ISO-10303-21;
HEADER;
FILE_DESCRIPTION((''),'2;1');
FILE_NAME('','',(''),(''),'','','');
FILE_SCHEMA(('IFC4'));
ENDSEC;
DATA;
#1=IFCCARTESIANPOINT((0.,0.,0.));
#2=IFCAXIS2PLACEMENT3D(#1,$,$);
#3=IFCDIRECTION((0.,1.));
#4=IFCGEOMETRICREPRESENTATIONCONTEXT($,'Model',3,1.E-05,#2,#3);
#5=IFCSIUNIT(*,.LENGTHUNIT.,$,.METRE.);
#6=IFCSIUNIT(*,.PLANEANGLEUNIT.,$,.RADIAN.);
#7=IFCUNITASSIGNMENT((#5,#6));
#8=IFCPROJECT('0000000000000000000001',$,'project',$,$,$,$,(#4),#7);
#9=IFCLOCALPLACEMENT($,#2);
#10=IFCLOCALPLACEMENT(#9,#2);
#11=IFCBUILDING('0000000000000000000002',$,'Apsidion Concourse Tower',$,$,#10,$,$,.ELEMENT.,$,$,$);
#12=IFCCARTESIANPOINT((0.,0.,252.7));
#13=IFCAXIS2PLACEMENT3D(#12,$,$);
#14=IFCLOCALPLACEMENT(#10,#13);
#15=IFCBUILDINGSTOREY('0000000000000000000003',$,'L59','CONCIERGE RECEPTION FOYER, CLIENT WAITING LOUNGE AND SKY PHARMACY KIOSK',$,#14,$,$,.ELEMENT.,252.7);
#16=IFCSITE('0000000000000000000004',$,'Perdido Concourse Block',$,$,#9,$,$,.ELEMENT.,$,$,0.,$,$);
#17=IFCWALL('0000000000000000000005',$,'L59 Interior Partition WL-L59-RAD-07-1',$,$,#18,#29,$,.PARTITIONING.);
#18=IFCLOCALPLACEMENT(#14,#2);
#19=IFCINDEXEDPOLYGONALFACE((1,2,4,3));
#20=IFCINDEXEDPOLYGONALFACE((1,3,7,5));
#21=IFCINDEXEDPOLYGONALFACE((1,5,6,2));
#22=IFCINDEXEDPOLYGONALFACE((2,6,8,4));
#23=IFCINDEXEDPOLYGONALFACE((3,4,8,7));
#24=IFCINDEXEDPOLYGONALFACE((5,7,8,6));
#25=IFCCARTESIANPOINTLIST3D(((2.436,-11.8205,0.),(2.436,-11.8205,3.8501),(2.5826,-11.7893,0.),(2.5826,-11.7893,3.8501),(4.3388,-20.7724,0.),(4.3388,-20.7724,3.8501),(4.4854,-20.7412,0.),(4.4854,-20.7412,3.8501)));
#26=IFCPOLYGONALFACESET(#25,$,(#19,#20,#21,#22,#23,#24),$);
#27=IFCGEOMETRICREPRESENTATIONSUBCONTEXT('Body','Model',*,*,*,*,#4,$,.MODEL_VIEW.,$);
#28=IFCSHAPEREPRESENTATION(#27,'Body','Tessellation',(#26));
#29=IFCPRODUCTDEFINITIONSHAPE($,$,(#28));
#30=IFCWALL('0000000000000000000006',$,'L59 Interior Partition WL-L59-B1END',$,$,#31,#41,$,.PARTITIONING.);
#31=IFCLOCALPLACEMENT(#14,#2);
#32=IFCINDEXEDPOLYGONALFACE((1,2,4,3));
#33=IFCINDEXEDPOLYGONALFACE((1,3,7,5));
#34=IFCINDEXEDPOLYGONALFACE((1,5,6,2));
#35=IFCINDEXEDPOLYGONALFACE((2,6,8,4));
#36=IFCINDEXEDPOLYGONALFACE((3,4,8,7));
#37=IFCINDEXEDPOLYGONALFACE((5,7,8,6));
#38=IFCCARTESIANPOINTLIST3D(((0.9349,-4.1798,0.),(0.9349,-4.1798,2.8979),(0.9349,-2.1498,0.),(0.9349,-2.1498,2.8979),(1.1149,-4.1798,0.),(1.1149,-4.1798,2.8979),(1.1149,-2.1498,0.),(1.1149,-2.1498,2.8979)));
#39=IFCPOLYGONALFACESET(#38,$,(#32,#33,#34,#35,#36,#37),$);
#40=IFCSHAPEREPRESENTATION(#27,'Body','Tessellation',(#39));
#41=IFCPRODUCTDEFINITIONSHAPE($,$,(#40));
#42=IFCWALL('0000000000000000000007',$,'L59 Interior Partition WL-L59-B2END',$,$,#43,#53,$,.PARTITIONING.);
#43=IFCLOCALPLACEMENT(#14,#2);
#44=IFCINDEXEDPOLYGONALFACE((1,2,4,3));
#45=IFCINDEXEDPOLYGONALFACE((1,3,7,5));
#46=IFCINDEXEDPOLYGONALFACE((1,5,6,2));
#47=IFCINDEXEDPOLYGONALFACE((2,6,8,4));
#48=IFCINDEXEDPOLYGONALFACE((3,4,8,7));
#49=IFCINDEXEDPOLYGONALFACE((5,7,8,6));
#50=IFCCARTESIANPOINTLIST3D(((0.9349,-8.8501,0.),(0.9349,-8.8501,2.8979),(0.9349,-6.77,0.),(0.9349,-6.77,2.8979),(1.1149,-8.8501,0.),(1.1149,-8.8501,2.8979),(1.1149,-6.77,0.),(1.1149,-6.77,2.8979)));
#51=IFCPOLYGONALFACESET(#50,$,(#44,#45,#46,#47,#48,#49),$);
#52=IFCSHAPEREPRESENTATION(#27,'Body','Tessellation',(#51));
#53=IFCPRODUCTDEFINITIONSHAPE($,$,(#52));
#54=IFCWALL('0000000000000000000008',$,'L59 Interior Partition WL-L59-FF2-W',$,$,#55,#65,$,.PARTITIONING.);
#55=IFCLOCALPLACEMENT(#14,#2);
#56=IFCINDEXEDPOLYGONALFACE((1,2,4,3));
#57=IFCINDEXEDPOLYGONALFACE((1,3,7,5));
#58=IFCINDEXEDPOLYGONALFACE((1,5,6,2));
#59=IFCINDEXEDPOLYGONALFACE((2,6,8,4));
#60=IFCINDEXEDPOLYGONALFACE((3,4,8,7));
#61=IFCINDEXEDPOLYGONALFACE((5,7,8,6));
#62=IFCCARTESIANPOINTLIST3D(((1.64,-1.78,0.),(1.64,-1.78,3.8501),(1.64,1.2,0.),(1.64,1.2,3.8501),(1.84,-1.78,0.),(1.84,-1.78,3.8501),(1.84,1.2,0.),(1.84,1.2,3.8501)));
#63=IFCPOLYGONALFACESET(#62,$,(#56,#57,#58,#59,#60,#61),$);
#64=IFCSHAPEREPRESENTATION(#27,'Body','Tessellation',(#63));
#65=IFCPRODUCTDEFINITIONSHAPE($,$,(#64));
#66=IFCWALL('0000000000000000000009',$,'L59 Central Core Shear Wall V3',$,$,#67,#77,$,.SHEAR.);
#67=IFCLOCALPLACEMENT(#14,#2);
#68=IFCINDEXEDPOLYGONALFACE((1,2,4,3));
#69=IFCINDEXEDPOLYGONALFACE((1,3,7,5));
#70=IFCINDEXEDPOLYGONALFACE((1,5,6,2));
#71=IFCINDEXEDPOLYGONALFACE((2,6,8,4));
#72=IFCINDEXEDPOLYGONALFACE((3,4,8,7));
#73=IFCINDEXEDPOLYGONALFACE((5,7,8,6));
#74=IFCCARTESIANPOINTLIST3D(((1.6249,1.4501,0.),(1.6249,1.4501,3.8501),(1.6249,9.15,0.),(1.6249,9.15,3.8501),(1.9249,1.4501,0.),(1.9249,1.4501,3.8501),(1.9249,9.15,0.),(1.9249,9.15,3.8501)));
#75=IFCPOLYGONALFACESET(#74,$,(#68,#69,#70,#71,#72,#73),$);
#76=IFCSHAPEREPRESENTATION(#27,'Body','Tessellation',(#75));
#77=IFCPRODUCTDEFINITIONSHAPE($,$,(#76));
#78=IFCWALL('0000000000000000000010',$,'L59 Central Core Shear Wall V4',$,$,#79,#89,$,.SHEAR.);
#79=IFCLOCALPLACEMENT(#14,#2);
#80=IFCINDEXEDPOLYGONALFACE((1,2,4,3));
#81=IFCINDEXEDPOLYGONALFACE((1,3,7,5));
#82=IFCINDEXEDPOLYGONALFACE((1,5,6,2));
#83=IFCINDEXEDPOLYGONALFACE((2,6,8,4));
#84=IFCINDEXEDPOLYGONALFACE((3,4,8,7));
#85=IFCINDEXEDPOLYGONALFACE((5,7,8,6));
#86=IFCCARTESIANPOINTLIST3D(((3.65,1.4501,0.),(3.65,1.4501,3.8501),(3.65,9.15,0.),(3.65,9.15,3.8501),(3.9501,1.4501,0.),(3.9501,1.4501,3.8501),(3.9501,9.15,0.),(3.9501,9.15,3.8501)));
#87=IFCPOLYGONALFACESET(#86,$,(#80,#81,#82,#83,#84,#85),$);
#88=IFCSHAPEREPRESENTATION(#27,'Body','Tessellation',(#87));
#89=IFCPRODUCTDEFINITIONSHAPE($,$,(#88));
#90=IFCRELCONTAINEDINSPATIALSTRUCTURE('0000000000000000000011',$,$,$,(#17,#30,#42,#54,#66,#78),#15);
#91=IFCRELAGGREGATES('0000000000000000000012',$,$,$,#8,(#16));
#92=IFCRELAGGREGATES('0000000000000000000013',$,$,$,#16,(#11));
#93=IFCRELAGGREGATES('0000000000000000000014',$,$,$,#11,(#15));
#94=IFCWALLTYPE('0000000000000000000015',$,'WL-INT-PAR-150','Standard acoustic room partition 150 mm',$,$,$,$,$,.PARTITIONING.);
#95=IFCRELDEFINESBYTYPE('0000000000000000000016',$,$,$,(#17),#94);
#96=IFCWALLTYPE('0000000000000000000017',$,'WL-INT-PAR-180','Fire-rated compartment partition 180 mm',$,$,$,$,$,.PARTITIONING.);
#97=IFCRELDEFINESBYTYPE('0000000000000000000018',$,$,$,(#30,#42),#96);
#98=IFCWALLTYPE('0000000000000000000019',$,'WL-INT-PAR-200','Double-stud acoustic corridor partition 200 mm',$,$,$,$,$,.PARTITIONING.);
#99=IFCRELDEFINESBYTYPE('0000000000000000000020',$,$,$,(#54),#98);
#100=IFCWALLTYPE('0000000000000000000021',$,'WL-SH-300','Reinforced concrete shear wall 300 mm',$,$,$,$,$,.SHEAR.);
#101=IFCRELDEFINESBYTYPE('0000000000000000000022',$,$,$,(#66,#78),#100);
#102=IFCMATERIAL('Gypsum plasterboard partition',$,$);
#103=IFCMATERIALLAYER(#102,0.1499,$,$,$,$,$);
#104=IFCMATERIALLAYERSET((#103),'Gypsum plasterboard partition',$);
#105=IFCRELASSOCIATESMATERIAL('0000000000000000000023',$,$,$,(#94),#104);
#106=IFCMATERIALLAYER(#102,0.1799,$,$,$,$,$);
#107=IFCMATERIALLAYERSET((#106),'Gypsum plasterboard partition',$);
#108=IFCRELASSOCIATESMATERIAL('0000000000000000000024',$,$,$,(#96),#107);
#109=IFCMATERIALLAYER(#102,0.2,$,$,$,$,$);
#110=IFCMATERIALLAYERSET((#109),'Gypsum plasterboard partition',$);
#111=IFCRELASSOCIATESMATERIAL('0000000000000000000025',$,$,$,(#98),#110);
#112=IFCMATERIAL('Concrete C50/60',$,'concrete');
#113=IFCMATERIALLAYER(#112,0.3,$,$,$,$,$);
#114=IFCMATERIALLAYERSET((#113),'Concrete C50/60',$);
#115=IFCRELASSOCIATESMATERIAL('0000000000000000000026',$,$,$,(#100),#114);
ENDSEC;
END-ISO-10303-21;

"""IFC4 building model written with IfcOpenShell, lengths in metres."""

from ifc_helpers import new_model, si_unit, direction, frame, frame_2d, origin, place, context, subcontext, project, spatial, rectangle, extrude, material, layer, layer_set, type_object, element, save


model = new_model("IFC4")

# Units and contexts
model_context = context("Model", 3, precision=1e-05, world=origin(), true_north=direction((0.0, 1.0)))
body_context = subcontext(model_context, "Body", "Model", "MODEL_VIEW")
ifc_project = project(units=[si_unit("LENGTHUNIT", "METRE"), si_unit("PLANEANGLEUNIT", "RADIAN")], contexts=[model_context])

# Site, building, storey
site_placement = place(None, origin())
site = spatial("IfcSite", under=ifc_project, at=site_placement, Name="Perdido Concourse Block", CompositionType="ELEMENT", RefElevation=0.0)
building_placement = place(site_placement, origin())
building = spatial("IfcBuilding", under=site, at=building_placement, Name="Apsidion Concourse Tower", CompositionType="ELEMENT")
storey_placement = place(building_placement, frame((0.0, 0.0, 252.7)))
storey = spatial("IfcBuildingStorey", under=building, at=storey_placement, Name="L59", Description="CONCIERGE RECEPTION FOYER, CLIENT WAITING LOUNGE AND SKY PHARMACY KIOSK", CompositionType="ELEMENT", Elevation=252.7)

# Shared definitions
ifc_material_1 = material(Name="Concrete C50/60", Category="concrete")

# Walls
ifc_material_2 = material(Name="Gypsum plasterboard partition")
ifc_layer_1 = layer(ifc_material_2, 0.1499)
ifc_layer_set_1 = layer_set([ifc_layer_1], Name="Gypsum plasterboard partition")
wall_type_1 = type_object("IfcWallType", Name="WL-INT-PAR-150", Description="Standard acoustic room partition 150 mm", PredefinedType="PARTITIONING", material=ifc_layer_set_1)
wall_1_placement = place(storey_placement, frame((2.5093, -11.8049, 0.0), z_axis=(0.0, 0.0, 1.0), x_axis=(0.207917, -0.978147, 0.0)))
element("IfcWall", 1, at=wall_1_placement, inside=storey, type_object=wall_type_1, Name="L59 Interior Partition WL-L59-RAD-07-1", PredefinedType="PARTITIONING", context=body_context, shape_type="SweptSolid", body=[
    extrude(rectangle(XDim=9.1519, YDim=0.1499, at=frame_2d((4.5759, 0.0))), origin(), (0.0, 0.0, 1.0), 3.8501),
])
ifc_layer_2 = layer(ifc_material_2, 0.1799)
ifc_layer_set_2 = layer_set([ifc_layer_2], Name="Gypsum plasterboard partition")
wall_type_2 = type_object("IfcWallType", Name="WL-INT-PAR-180", Description="Fire-rated compartment partition 180 mm", PredefinedType="PARTITIONING", material=ifc_layer_set_2)
wall_2_placement = place(storey_placement, frame((1.0249, -4.1799, 0.0), z_axis=(0.0, 0.0, 1.0), x_axis=(0.0, 1.0, 0.0)))
element("IfcWall", 2, at=wall_2_placement, inside=storey, type_object=wall_type_2, Name="L59 Interior Partition WL-L59-B1END", PredefinedType="PARTITIONING", context=body_context, shape_type="SweptSolid", body=[
    extrude(rectangle(XDim=2.03, YDim=0.1799, at=frame_2d((1.0151, 0.0))), origin(), (0.0, 0.0, 1.0), 2.8979),
])
wall_3_placement = place(storey_placement, frame((1.0249, -8.8501, 0.0), z_axis=(0.0, 0.0, 1.0), x_axis=(0.0, 1.0, 0.0)))
element("IfcWall", 3, at=wall_3_placement, inside=storey, type_object=wall_type_2, Name="L59 Interior Partition WL-L59-B2END", PredefinedType="PARTITIONING", context=body_context, shape_type="SweptSolid", body=[
    extrude(rectangle(XDim=2.0801, YDim=0.1799, at=frame_2d((1.04, 0.0))), origin(), (0.0, 0.0, 1.0), 2.8979),
])
ifc_layer_3 = layer(ifc_material_2, 0.2)
ifc_layer_set_3 = layer_set([ifc_layer_3], Name="Gypsum plasterboard partition")
wall_type_3 = type_object("IfcWallType", Name="WL-INT-PAR-200", Description="Double-stud acoustic corridor partition 200 mm", PredefinedType="PARTITIONING", material=ifc_layer_set_3)
wall_4_placement = place(storey_placement, frame((1.74, -1.78, 0.0), z_axis=(0.0, 0.0, 1.0), x_axis=(0.0, 1.0, 0.0)))
element("IfcWall", 4, at=wall_4_placement, inside=storey, type_object=wall_type_3, Name="L59 Interior Partition WL-L59-FF2-W", PredefinedType="PARTITIONING", context=body_context, shape_type="SweptSolid", body=[
    extrude(rectangle(XDim=2.98, YDim=0.2, at=frame_2d((1.49, 0.0))), origin(), (0.0, 0.0, 1.0), 3.8501),
])
ifc_layer_4 = layer(ifc_material_1, 0.3)
ifc_layer_set_4 = layer_set([ifc_layer_4], Name="Concrete C50/60")
wall_type_4 = type_object("IfcWallType", Name="WL-SH-300", Description="Reinforced concrete shear wall 300 mm", PredefinedType="SHEAR", material=ifc_layer_set_4)
for number, where, z_axis, x_axis, name in (
    (5, (1.7749, 1.45, 0.0), (0.0, 0.0, 1.0), (0.0, 1.0, 0.0), "L59 Central Core Shear Wall V3"),
    (6, (3.8, 1.45, 0.0), (0.0, 0.0, 1.0), (0.0, 1.0, 0.0), "L59 Central Core Shear Wall V4"),
):
    element("IfcWall", number, at=place(storey_placement, frame(where, z_axis=z_axis, x_axis=x_axis)), inside=storey, type_object=wall_type_4, Name=name, PredefinedType="SHEAR", context=body_context, shape_type="SweptSolid", body=[
        extrude(rectangle(XDim=7.7, YDim=0.3, at=frame_2d((3.8501, 0.0))), origin(), (0.0, 0.0, 1.0), 3.8501),
    ])

save(model, "model.ifc")
